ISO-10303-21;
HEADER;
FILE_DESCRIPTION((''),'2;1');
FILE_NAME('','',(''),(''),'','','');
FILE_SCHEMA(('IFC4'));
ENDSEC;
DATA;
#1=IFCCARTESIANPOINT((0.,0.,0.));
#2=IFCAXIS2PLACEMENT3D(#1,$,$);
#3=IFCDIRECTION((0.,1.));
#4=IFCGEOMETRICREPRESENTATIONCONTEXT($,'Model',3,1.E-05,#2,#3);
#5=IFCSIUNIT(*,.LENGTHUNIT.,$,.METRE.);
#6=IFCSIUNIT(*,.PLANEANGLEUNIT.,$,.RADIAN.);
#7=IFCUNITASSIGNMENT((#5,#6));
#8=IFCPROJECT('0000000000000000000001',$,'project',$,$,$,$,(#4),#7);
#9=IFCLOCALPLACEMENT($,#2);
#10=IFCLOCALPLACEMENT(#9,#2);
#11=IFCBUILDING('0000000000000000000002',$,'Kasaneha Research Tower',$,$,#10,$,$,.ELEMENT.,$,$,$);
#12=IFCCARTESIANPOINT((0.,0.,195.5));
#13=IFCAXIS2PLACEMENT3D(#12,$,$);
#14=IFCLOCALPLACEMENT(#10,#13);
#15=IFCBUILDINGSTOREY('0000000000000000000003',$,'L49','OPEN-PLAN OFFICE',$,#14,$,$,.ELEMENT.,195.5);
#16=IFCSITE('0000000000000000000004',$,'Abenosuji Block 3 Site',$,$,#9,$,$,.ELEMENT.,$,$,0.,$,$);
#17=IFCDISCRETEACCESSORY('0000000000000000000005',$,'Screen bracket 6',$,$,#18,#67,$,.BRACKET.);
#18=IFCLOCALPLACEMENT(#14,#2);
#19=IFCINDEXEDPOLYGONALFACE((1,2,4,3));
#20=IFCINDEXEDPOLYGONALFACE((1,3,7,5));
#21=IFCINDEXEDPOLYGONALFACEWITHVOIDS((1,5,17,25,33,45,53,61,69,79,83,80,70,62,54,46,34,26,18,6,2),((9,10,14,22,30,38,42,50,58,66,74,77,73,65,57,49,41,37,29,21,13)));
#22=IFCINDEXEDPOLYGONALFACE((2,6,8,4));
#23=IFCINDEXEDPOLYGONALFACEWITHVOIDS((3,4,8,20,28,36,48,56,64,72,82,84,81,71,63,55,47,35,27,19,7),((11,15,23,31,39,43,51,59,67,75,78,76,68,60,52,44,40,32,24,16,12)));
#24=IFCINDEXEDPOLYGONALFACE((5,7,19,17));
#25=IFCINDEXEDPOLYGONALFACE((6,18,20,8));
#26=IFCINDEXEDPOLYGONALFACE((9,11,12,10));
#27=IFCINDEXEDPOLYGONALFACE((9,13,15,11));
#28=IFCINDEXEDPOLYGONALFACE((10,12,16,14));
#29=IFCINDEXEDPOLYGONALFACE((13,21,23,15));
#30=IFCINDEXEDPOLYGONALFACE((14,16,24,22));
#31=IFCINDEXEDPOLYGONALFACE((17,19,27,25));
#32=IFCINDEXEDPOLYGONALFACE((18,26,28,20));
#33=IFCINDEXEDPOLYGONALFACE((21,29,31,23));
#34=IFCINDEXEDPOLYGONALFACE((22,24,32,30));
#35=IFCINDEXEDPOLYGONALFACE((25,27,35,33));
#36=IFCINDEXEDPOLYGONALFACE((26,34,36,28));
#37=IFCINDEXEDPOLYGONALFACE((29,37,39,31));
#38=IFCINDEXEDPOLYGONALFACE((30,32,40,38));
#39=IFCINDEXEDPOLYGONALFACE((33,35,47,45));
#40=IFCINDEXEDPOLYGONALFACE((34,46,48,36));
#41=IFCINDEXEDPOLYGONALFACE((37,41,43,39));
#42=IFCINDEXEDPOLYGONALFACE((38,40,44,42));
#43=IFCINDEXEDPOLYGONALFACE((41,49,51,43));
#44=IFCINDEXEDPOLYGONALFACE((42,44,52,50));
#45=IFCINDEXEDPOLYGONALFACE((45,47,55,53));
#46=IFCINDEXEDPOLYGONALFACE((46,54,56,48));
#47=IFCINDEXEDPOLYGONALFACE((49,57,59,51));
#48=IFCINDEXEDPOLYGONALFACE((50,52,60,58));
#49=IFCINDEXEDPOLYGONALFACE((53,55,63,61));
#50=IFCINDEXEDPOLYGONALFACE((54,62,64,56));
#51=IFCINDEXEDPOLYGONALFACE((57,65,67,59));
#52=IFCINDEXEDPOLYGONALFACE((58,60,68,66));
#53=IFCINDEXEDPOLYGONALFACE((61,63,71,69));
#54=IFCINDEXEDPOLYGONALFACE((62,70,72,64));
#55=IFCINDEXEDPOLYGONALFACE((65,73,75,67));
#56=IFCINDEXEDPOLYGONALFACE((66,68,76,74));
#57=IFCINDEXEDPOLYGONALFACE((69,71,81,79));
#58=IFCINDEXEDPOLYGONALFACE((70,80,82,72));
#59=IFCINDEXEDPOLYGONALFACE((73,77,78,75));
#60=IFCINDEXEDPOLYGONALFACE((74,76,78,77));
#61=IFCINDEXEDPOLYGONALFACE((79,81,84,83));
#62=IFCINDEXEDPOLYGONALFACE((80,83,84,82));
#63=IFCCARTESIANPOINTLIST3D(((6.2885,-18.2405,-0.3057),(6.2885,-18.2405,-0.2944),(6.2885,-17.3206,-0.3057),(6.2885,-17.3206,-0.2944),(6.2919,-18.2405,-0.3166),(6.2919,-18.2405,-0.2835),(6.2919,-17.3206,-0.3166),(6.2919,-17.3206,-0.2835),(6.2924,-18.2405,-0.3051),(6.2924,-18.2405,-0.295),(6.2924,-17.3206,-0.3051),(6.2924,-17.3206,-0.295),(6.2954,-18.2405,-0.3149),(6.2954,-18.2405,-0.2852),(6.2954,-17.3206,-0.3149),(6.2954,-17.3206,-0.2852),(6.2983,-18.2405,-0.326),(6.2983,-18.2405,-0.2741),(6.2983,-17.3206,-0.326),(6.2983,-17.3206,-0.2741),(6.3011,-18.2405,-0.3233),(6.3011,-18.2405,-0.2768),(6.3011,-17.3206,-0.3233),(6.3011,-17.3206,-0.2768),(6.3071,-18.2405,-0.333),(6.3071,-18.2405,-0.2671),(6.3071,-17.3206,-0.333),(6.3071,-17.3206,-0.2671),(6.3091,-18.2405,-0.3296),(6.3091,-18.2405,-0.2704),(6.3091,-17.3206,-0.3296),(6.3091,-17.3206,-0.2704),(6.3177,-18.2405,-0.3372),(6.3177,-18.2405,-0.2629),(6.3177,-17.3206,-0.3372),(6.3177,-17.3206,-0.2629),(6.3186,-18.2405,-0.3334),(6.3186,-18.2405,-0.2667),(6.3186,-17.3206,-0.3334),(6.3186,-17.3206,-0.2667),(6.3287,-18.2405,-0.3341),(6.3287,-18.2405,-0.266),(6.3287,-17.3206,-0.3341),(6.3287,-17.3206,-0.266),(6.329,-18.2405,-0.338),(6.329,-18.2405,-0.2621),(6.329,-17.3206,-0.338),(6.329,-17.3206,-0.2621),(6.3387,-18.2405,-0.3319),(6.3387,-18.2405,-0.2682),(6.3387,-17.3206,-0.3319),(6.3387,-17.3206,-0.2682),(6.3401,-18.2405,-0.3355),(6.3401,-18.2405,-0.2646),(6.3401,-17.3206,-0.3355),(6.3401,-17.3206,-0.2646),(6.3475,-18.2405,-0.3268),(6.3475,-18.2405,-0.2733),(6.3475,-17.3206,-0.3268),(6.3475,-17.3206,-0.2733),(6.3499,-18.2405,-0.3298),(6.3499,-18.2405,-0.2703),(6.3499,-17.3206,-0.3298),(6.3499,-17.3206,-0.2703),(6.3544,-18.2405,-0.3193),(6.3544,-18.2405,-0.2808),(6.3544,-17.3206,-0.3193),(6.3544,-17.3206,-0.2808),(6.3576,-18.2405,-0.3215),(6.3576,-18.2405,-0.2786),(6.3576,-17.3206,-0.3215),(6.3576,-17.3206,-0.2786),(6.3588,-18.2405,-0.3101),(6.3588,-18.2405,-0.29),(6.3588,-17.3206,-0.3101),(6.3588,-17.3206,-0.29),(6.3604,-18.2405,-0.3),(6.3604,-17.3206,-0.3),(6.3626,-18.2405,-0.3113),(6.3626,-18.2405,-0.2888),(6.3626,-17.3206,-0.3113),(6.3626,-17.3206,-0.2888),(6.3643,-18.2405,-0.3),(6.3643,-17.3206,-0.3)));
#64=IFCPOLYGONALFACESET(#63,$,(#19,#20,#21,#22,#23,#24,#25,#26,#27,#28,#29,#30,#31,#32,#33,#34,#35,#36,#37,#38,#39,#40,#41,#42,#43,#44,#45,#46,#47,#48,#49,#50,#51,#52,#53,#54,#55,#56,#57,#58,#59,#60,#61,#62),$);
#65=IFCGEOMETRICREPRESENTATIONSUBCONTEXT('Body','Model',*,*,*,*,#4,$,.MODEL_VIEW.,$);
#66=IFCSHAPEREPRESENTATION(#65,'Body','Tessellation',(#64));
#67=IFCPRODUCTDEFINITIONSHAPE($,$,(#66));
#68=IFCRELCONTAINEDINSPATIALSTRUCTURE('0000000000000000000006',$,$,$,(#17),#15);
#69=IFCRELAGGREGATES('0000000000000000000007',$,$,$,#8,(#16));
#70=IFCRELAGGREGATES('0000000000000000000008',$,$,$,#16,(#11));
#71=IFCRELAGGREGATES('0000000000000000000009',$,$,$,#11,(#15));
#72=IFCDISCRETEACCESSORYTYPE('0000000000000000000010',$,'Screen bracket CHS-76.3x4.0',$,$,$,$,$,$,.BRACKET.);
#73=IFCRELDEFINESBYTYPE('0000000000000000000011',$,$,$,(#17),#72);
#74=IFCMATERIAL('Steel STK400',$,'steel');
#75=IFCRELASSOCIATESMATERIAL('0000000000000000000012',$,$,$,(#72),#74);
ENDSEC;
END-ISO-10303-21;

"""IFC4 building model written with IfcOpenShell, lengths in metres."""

from ifc_helpers import new_model, si_unit, direction, frame, origin, origin_2d, place, context, subcontext, project, spatial, hollow_circle, extrude, material, material_profile, profile_set, type_object, element, save


model = new_model("IFC4")

# Units and contexts
model_context = context("Model", 3, precision=1e-05, world=origin(), true_north=direction((0.0, 1.0)))
body_context = subcontext(model_context, "Body", "Model", "MODEL_VIEW")
ifc_project = project(units=[si_unit("LENGTHUNIT", "METRE"), si_unit("PLANEANGLEUNIT", "RADIAN")], contexts=[model_context])

# Site, building, storey
site_placement = place(None, origin())
site = spatial("IfcSite", under=ifc_project, at=site_placement, Name="Abenosuji Block 3 Site", CompositionType="ELEMENT", RefElevation=0.0)
building_placement = place(site_placement, origin())
building = spatial("IfcBuilding", under=site, at=building_placement, Name="Kasaneha Research Tower", CompositionType="ELEMENT")
storey_placement = place(building_placement, frame((0.0, 0.0, 195.5)))
storey = spatial("IfcBuildingStorey", under=building, at=storey_placement, Name="L49", Description="OPEN-PLAN OFFICE", CompositionType="ELEMENT", Elevation=195.5)

# Discrete accessory
ifc_material_1 = material(Name="Steel STK400", Category="steel")
ifc_material_profile_1 = material_profile(ifc_material_1, hollow_circle(Radius=0.0381, WallThickness=0.0039, at=origin_2d()), Name="CHS-76.3x4.0")
ifc_profile_set_1 = profile_set([ifc_material_profile_1], Name="Steel STK400")
discrete_accessory_type = type_object("IfcDiscreteAccessoryType", Name="Screen bracket CHS-76.3x4.0", PredefinedType="BRACKET", material=ifc_profile_set_1)
for number, where, z_axis, x_axis, name in (
    (1, (6.3262, -17.3206, -0.3), (0.0, -1.0, 0.0), (1.0, 0.0, 0.0), "Screen bracket 6"),
):
    element("IfcDiscreteAccessory", number, at=place(storey_placement, frame(where, z_axis=z_axis, x_axis=x_axis)), inside=storey, type_object=discrete_accessory_type, Name=name, PredefinedType="BRACKET", context=body_context, shape_type="SweptSolid", body=[
        extrude(hollow_circle(Radius=0.0381, WallThickness=0.0039, at=origin_2d()), origin(), (0.0, 0.0, 1.0), 0.9199),
    ])

save(model, "model.ifc")
